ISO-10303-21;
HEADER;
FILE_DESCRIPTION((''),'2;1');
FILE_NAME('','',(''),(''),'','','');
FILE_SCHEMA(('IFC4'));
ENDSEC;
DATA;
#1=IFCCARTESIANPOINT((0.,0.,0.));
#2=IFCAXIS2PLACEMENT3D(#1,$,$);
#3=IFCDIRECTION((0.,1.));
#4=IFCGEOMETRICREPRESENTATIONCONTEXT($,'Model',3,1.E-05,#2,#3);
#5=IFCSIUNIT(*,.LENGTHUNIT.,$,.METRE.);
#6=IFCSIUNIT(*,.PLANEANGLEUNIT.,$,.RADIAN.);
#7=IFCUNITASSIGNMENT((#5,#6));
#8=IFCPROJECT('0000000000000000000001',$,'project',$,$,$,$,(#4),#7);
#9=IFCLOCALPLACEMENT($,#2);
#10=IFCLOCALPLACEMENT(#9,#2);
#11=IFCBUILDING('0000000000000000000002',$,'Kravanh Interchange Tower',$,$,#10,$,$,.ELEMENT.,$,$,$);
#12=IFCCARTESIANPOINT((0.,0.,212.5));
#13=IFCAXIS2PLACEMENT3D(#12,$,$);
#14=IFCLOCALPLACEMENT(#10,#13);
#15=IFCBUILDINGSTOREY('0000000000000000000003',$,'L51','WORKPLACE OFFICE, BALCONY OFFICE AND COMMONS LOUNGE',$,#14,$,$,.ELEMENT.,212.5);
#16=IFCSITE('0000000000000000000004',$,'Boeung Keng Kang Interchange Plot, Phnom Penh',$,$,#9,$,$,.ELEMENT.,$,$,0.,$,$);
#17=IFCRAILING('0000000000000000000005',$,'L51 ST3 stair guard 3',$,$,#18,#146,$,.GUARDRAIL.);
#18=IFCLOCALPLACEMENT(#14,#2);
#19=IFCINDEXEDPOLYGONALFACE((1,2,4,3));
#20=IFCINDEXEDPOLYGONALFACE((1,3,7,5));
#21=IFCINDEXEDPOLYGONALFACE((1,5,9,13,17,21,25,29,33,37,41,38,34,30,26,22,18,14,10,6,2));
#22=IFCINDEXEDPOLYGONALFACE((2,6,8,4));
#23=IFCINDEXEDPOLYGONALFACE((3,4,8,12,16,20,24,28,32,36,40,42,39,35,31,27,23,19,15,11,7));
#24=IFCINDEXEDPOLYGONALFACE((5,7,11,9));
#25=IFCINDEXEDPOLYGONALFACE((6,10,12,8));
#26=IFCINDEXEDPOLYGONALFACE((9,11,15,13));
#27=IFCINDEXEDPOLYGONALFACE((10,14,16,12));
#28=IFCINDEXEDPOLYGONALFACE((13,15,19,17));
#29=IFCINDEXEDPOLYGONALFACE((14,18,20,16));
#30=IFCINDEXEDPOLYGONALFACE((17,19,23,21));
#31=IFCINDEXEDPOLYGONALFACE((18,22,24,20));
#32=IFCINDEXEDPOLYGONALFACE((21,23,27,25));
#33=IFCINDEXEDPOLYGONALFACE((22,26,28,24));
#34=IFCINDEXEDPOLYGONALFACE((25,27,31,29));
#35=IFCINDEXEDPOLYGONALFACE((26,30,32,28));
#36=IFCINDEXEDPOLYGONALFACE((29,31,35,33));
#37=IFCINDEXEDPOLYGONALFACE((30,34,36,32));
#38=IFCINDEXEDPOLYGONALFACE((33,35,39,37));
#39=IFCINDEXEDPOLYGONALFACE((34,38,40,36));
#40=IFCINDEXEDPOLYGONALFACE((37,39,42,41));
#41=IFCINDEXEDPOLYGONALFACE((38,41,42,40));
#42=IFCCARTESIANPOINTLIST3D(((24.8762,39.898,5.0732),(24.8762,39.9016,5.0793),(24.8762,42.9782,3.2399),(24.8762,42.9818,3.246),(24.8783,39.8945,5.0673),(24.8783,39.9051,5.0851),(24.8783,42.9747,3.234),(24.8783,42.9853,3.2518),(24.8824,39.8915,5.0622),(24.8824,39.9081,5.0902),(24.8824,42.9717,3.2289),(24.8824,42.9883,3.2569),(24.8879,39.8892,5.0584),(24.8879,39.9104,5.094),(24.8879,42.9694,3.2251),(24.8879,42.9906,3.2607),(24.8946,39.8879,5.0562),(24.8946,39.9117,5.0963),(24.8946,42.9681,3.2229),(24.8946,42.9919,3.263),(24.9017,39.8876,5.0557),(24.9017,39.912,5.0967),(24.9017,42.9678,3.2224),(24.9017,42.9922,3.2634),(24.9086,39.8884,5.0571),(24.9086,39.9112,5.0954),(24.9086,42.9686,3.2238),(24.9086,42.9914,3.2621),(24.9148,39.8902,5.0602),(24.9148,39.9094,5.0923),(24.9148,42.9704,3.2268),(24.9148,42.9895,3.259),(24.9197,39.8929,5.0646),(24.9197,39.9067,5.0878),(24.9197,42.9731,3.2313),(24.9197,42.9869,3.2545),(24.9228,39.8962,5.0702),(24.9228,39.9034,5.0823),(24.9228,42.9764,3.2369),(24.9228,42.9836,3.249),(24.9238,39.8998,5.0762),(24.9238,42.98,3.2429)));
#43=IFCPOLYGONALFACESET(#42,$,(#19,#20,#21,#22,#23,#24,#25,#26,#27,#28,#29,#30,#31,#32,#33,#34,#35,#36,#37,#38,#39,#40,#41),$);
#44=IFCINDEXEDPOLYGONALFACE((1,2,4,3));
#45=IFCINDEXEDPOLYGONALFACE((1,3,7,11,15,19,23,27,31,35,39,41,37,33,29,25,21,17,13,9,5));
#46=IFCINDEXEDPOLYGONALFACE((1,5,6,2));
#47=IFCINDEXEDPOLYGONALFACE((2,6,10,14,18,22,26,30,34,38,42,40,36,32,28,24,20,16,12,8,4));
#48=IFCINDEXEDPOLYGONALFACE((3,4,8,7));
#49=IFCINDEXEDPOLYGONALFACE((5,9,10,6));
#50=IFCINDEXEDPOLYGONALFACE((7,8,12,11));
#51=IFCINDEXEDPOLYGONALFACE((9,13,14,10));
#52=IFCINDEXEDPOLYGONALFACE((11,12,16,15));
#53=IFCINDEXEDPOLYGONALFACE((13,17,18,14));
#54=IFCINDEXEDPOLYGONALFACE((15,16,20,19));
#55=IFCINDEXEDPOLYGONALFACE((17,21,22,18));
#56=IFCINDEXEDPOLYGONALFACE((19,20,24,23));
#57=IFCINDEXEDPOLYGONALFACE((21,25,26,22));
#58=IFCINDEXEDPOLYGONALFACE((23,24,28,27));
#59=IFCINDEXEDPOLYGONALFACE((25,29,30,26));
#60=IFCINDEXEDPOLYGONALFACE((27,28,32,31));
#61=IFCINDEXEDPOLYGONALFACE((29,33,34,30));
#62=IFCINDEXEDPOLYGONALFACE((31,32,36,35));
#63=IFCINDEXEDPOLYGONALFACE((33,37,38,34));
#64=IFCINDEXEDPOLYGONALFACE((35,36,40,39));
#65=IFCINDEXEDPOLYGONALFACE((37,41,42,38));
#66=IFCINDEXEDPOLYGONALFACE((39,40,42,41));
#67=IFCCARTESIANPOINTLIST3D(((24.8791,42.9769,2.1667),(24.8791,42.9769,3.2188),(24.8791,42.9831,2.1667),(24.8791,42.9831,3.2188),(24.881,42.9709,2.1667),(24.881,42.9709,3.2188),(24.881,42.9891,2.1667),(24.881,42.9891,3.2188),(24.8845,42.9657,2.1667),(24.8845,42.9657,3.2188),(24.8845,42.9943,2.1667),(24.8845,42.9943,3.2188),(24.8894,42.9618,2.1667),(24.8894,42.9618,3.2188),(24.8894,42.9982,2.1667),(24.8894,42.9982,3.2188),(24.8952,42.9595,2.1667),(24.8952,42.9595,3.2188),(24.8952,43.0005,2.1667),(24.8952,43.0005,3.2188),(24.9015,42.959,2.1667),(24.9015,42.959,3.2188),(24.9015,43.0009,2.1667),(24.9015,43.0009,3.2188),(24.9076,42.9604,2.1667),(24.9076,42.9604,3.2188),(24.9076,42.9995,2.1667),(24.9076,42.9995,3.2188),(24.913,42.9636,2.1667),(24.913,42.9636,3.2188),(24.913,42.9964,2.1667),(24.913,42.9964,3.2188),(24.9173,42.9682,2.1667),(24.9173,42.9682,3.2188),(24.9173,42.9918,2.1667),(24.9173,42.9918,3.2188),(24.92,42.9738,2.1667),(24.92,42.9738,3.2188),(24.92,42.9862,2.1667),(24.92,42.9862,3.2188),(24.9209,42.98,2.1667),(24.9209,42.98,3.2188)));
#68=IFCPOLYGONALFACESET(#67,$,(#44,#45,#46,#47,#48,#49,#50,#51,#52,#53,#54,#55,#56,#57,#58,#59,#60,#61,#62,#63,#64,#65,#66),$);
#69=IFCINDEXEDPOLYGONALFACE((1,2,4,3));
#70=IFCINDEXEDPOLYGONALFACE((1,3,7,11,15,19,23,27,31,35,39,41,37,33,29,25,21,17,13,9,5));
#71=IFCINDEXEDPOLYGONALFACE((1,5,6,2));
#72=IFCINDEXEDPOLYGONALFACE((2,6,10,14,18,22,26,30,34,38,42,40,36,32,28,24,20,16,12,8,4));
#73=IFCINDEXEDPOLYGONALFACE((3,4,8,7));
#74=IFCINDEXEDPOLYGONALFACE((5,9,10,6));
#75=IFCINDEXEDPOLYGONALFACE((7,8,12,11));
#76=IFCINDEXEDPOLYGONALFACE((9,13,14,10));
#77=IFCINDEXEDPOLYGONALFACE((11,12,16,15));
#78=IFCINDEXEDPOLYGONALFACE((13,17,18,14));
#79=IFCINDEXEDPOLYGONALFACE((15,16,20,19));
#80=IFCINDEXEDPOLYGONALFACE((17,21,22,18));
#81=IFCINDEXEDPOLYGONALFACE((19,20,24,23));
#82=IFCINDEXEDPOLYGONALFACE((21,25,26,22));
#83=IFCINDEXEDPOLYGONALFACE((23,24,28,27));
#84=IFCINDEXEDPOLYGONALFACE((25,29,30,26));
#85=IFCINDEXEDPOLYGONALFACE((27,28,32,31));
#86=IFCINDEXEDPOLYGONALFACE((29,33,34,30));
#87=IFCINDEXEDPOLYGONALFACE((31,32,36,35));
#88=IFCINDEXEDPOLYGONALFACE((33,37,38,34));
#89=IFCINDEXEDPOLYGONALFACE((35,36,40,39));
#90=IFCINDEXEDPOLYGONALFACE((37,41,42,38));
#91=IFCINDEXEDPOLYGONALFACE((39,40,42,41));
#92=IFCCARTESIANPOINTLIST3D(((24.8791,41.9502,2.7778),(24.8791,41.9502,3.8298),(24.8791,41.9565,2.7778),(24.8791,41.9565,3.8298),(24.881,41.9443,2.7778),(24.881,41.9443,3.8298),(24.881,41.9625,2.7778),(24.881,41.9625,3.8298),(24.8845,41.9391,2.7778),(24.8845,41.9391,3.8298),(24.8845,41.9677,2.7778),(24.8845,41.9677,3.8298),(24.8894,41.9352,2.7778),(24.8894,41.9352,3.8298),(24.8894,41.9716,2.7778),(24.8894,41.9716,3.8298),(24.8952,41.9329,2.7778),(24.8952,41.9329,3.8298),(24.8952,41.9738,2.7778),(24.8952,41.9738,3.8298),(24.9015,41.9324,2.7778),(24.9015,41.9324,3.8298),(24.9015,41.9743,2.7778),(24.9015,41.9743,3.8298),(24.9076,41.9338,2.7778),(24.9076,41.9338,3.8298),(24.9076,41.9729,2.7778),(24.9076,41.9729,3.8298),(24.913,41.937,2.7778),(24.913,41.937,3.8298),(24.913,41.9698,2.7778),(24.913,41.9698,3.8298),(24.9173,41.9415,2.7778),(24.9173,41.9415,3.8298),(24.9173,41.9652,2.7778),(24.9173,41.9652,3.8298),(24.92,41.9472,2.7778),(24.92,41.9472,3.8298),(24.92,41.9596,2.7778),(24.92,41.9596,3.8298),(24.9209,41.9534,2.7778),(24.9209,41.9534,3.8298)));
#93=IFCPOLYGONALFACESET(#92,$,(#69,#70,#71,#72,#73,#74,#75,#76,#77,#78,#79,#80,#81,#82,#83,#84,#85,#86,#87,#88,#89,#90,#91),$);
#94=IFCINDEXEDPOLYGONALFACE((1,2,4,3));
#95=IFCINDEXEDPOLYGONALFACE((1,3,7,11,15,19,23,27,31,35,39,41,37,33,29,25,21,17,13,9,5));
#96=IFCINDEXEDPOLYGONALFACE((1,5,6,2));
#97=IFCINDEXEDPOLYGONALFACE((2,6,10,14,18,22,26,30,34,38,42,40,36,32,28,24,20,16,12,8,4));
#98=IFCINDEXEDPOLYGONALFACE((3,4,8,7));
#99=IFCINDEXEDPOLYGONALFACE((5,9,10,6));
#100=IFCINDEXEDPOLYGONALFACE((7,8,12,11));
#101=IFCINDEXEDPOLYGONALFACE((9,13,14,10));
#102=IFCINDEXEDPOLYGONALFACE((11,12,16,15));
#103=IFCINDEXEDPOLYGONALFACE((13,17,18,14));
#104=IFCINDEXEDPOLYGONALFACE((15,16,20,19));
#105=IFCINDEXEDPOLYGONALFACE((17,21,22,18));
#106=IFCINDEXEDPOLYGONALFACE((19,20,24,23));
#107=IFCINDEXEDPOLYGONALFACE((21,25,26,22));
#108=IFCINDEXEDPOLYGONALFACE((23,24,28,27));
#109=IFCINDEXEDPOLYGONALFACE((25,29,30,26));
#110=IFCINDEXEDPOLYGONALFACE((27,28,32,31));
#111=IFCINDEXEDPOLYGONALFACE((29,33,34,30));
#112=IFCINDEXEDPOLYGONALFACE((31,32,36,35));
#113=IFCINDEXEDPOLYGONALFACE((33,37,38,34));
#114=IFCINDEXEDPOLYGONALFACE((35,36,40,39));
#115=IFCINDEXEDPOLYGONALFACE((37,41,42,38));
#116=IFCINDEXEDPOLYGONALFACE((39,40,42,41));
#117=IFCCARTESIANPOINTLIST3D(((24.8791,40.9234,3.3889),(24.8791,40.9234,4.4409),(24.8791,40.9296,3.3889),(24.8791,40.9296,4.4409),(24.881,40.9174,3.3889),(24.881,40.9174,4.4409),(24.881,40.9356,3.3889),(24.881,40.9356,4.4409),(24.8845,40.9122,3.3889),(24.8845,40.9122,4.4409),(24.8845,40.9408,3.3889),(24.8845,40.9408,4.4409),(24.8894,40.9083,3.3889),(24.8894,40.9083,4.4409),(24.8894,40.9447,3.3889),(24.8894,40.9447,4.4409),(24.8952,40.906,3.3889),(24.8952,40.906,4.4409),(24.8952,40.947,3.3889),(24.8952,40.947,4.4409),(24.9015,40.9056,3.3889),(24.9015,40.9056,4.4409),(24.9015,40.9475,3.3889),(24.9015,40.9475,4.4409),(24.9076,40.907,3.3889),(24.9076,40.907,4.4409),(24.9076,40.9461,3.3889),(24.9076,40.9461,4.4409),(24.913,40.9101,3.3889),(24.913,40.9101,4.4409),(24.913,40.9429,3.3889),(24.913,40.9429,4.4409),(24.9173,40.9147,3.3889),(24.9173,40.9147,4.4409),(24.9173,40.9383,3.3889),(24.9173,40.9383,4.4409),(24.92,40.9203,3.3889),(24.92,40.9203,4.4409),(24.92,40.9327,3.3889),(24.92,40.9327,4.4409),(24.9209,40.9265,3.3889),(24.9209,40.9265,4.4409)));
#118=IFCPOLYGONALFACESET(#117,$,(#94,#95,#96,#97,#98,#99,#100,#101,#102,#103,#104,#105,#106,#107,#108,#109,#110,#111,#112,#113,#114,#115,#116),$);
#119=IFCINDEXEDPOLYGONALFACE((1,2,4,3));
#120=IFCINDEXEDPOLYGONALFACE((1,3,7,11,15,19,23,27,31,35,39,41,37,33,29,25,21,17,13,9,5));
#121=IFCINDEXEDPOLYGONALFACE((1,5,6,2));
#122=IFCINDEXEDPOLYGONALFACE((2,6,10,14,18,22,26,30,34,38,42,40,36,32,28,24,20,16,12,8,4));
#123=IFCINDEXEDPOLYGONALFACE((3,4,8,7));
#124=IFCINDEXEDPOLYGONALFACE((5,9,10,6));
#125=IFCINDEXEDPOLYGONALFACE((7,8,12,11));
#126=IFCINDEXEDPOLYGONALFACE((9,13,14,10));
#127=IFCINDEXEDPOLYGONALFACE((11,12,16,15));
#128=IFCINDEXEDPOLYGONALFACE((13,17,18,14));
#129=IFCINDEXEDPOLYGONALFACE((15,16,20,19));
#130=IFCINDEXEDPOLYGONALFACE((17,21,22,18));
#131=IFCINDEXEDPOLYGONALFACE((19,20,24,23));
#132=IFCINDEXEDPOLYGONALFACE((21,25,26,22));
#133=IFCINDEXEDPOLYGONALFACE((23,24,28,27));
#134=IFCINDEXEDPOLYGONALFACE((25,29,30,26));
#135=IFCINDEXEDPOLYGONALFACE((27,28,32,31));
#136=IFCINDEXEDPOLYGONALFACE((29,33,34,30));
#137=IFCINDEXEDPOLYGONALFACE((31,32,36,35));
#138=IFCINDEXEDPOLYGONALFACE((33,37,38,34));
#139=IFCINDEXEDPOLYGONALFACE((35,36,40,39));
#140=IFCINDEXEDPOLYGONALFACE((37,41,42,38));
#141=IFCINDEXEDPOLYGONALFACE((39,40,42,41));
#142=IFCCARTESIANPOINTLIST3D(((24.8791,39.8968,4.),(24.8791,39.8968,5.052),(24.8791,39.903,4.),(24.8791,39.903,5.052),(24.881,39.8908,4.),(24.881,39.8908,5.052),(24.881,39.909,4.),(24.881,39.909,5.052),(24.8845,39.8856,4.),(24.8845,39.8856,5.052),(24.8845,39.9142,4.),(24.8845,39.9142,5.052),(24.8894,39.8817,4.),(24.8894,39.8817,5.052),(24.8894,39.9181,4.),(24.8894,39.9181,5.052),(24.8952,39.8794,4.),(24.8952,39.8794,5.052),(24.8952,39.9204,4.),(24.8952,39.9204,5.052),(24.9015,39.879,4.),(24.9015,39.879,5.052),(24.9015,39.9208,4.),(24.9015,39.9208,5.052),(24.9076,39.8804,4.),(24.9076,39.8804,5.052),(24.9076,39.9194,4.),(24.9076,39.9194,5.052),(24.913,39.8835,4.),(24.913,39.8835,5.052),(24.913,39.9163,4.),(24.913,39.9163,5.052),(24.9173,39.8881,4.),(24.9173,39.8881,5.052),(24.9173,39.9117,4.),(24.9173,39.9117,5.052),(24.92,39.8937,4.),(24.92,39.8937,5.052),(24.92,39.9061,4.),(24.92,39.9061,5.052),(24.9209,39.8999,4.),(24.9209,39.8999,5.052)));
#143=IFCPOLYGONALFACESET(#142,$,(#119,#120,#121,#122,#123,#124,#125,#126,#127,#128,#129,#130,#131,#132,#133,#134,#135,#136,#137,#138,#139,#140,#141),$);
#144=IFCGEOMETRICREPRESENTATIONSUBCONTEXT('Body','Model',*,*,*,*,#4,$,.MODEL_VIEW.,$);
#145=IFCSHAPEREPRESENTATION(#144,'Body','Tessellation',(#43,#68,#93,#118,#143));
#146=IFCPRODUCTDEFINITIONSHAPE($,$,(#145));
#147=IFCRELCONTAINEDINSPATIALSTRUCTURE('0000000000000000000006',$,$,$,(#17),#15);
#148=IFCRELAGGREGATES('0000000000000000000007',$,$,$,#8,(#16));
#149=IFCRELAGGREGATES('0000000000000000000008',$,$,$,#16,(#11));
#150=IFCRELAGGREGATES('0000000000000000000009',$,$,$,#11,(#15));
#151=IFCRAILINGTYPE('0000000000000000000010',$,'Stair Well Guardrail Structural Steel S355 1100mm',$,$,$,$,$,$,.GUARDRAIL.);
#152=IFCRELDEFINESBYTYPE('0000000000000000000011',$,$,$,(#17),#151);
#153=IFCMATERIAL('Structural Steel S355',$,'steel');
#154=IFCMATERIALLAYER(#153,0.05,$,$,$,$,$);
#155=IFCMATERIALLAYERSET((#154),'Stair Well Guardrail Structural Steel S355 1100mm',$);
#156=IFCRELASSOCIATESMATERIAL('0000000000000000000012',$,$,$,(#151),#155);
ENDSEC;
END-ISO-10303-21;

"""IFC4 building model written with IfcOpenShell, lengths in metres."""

from ifc_helpers import new_model, si_unit, direction, frame, origin, origin_2d, place, context, subcontext, project, spatial, circle, extrude, material, layer, layer_set, type_object, element, save


model = new_model("IFC4")

# Units and contexts
model_context = context("Model", 3, precision=1e-05, world=origin(), true_north=direction((0.0, 1.0)))
body_context = subcontext(model_context, "Body", "Model", "MODEL_VIEW")
ifc_project = project(units=[si_unit("LENGTHUNIT", "METRE"), si_unit("PLANEANGLEUNIT", "RADIAN")], contexts=[model_context])

# Site, building, storey
site_placement = place(None, origin())
site = spatial("IfcSite", under=ifc_project, at=site_placement, Name="Boeung Keng Kang Interchange Plot, Phnom Penh", CompositionType="ELEMENT", RefElevation=0.0)
building_placement = place(site_placement, origin())
building = spatial("IfcBuilding", under=site, at=building_placement, Name="Kravanh Interchange Tower", CompositionType="ELEMENT")
storey_placement = place(building_placement, frame((0.0, 0.0, 212.5)))
storey = spatial("IfcBuildingStorey", under=building, at=storey_placement, Name="L51", Description="WORKPLACE OFFICE, BALCONY OFFICE AND COMMONS LOUNGE", CompositionType="ELEMENT", Elevation=212.5)

# Railing
ifc_material_1 = material(Name="Structural Steel S355", Category="steel")
ifc_layer_1 = layer(ifc_material_1, 0.05)
ifc_layer_set_1 = layer_set([ifc_layer_1], Name="Stair Well Guardrail Structural Steel S355 1100mm")
railing_type_1 = type_object("IfcRailingType", Name="Stair Well Guardrail Structural Steel S355 1100mm", PredefinedType="GUARDRAIL", material=ifc_layer_set_1)
railing_1_placement = place(storey_placement, frame((24.8999, 42.98, 2.1667)))
element("IfcRailing", 1, at=railing_1_placement, inside=storey, type_object=railing_type_1, Name="L51 ST3 stair guard 3", PredefinedType="GUARDRAIL", context=body_context, shape_type="SweptSolid", body=[
    extrude(circle(Radius=0.0239, at=origin_2d()), frame((0.0, 0.0, 1.0762), z_axis=(0.0, -0.859309, 0.511458), x_axis=(1.0, 0.0, 0.0)), (0.0, 0.0, 1.0), 3.5845),
    extrude(circle(Radius=0.021, at=origin_2d()), origin(), (0.0, 0.0, 1.0), 1.052),
    extrude(circle(Radius=0.021, at=origin_2d()), frame((0.0, -1.0266, 0.6111)), (0.0, 0.0, 1.0), 1.052),
    extrude(circle(Radius=0.021, at=origin_2d()), frame((0.0, -2.0535, 1.2222)), (0.0, 0.0, 1.0), 1.052),
    extrude(circle(Radius=0.021, at=origin_2d()), frame((0.0, -3.0801, 1.8333)), (0.0, 0.0, 1.0), 1.052),
])

save(model, "model.ifc")
